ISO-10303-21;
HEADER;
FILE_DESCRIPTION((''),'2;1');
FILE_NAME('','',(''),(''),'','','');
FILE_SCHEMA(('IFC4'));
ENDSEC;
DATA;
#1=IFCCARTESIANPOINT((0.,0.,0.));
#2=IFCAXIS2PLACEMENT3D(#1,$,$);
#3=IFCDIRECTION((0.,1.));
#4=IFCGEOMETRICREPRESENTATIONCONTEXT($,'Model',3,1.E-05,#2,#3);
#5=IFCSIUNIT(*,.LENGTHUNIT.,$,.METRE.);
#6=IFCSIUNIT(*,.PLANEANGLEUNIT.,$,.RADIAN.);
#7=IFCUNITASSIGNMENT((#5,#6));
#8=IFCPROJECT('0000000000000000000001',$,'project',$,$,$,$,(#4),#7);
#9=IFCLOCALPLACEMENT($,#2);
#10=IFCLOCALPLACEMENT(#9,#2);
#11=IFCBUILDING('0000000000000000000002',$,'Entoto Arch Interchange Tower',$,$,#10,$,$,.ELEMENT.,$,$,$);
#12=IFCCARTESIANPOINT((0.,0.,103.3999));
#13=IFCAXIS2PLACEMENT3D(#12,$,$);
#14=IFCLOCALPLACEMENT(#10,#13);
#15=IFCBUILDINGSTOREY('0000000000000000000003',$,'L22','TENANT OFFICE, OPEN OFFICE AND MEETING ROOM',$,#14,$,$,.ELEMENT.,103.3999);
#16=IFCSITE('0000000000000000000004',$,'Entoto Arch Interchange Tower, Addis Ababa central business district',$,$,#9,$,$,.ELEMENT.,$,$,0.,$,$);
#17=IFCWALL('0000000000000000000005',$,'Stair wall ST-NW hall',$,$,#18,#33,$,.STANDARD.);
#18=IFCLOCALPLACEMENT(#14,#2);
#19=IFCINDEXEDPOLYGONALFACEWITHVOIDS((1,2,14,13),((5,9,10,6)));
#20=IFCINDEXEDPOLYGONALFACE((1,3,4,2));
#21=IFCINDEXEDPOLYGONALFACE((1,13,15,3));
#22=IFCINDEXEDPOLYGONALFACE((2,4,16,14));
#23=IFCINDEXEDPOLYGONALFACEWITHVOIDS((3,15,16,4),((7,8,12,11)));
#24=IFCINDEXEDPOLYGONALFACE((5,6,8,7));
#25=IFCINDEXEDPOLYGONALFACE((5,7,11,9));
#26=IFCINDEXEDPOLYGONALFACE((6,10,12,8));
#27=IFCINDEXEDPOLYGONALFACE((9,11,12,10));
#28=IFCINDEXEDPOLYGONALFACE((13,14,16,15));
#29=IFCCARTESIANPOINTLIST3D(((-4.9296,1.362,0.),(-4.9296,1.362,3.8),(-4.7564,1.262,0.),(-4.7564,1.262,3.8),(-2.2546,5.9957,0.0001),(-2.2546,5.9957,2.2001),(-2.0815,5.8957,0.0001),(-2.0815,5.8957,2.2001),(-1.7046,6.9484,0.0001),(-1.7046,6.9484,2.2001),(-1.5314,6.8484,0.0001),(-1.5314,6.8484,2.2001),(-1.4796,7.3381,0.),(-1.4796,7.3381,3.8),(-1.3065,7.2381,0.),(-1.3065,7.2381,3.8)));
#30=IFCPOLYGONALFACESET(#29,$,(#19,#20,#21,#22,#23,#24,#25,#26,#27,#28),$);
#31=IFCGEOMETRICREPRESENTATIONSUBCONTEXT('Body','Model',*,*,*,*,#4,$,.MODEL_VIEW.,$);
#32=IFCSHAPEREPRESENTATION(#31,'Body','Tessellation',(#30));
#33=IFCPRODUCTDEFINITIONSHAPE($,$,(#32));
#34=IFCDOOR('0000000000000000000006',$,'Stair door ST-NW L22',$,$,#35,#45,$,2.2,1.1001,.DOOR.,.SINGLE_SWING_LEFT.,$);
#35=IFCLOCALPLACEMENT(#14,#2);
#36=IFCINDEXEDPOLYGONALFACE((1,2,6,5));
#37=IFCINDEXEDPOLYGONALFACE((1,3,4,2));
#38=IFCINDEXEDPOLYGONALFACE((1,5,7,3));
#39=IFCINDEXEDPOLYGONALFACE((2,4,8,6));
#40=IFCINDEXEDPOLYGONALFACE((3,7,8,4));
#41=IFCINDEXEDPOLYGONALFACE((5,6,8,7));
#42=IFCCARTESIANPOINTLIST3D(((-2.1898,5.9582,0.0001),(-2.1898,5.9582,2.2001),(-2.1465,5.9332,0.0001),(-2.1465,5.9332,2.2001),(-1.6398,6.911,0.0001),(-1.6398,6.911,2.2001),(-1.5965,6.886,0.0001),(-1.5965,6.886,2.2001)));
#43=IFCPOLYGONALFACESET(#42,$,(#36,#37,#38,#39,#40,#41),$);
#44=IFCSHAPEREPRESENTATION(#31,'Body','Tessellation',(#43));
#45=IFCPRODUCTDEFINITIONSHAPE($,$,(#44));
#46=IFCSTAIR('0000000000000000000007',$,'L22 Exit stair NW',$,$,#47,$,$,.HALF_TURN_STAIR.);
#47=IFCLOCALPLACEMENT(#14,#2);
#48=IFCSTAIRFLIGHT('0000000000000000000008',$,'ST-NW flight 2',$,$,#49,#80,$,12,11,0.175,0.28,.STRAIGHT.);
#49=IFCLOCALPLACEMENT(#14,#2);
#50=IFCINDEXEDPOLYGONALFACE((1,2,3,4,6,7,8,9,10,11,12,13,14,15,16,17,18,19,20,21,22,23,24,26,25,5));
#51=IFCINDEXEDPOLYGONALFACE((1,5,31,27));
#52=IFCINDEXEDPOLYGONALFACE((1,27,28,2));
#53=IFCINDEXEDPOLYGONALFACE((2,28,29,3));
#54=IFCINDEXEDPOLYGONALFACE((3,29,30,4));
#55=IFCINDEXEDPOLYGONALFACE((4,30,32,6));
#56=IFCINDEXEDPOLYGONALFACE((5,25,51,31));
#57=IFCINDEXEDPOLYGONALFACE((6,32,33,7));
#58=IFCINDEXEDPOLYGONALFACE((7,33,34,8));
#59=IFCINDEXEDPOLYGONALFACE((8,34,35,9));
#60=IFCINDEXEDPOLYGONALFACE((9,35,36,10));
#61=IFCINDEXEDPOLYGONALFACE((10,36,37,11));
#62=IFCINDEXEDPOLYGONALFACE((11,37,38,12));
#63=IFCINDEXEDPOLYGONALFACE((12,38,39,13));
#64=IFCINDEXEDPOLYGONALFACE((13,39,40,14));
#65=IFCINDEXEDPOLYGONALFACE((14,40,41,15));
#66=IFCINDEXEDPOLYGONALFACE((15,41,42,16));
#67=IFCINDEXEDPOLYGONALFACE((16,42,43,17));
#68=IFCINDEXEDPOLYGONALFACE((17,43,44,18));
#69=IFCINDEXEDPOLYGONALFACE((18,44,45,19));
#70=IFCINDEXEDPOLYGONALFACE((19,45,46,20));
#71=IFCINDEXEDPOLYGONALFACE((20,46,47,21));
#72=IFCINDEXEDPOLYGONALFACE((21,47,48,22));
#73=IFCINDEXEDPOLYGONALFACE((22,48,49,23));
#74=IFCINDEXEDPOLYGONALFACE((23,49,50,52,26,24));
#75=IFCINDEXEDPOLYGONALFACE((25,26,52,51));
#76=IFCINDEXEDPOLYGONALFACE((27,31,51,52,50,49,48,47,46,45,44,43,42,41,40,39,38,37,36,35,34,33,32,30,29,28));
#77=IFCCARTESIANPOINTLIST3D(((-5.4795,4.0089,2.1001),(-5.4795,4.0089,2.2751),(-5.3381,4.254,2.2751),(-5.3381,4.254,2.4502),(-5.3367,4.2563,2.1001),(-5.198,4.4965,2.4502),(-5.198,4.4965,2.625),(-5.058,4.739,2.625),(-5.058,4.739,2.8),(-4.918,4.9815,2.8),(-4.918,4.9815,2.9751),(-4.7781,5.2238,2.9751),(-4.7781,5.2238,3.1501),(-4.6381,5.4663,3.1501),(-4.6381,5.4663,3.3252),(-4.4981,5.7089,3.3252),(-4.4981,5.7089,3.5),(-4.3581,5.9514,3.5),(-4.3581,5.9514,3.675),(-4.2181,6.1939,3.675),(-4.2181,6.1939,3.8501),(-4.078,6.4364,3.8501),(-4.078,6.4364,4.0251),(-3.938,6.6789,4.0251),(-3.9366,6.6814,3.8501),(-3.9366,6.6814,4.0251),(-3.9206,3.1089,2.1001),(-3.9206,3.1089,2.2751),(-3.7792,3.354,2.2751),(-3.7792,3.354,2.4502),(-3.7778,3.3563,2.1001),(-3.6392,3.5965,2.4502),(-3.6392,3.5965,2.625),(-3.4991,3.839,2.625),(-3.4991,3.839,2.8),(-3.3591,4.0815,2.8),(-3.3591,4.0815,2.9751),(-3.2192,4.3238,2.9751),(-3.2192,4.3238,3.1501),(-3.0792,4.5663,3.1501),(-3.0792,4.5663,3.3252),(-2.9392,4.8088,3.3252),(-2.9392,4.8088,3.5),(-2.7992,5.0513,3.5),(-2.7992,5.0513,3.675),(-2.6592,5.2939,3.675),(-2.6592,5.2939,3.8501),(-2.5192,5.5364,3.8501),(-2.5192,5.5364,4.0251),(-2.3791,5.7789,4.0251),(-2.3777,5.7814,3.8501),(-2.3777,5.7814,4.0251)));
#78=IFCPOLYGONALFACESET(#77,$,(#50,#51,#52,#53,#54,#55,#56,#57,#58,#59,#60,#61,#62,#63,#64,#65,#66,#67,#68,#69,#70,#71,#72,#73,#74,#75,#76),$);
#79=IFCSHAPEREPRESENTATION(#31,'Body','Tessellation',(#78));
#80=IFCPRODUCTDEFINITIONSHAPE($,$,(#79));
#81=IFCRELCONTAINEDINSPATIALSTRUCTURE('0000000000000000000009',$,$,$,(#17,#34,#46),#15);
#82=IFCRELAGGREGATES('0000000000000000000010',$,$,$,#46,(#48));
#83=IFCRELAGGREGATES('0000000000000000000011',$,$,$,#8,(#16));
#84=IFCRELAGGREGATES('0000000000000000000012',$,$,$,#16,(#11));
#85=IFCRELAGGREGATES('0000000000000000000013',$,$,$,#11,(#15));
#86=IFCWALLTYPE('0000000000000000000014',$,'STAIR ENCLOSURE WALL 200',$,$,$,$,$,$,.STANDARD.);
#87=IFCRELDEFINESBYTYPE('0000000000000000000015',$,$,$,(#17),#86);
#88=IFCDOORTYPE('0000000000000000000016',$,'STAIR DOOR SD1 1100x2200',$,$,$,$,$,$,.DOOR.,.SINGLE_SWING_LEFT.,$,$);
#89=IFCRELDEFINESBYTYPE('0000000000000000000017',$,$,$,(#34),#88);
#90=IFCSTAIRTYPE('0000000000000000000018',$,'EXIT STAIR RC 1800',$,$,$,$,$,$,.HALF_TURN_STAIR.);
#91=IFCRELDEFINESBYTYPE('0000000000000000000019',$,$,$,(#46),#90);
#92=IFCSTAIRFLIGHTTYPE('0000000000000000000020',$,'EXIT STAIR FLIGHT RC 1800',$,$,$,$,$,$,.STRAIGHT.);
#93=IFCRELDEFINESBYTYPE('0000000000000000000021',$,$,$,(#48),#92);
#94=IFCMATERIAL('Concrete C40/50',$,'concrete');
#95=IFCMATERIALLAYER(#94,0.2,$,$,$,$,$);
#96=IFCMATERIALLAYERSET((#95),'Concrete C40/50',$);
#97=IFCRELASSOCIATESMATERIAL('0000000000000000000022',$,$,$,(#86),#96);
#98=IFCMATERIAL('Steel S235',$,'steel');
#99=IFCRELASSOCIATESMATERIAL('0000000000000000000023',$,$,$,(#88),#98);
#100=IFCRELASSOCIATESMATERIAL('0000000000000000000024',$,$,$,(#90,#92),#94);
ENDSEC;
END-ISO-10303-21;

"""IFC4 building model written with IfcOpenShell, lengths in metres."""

from ifc_helpers import new_model, si_unit, direction, frame, frame_2d, origin, place, context, subcontext, project, spatial, polyline, rectangle, outline, extrude, material, layer, layer_set, type_object, element, fill, aggregate, save


model = new_model("IFC4")

# Units and contexts
model_context = context("Model", 3, precision=1e-05, world=origin(), true_north=direction((0.0, 1.0)))
body_context = subcontext(model_context, "Body", "Model", "MODEL_VIEW")
ifc_project = project(units=[si_unit("LENGTHUNIT", "METRE"), si_unit("PLANEANGLEUNIT", "RADIAN")], contexts=[model_context])

# Site, building, storey
site_placement = place(None, origin())
site = spatial("IfcSite", under=ifc_project, at=site_placement, Name="Entoto Arch Interchange Tower, Addis Ababa central business district", CompositionType="ELEMENT", RefElevation=0.0)
building_placement = place(site_placement, origin())
building = spatial("IfcBuilding", under=site, at=building_placement, Name="Entoto Arch Interchange Tower", CompositionType="ELEMENT")
storey_placement = place(building_placement, frame((0.0, 0.0, 103.3999)))
storey = spatial("IfcBuildingStorey", under=building, at=storey_placement, Name="L22", Description="TENANT OFFICE, OPEN OFFICE AND MEETING ROOM", CompositionType="ELEMENT", Elevation=103.3999)

# Shared definitions
ifc_material_1 = material(Name="Concrete C40/50", Category="concrete")

# Wall, opening, door
ifc_layer_1 = layer(ifc_material_1, 0.2)
ifc_layer_set_1 = layer_set([ifc_layer_1], Name="Concrete C40/50")
wall_type_1 = type_object("IfcWallType", Name="STAIR ENCLOSURE WALL 200", PredefinedType="STANDARD", material=ifc_layer_set_1)
ifc_material_2 = material(Name="Steel S235", Category="steel")
door_type_1 = type_object("IfcDoorType", Name="STAIR DOOR SD1 1100x2200", OperationType="SINGLE_SWING_LEFT", PredefinedType="DOOR", material=ifc_material_2)
wall_1_placement = place(storey_placement, frame((-1.3931, 7.2881, 0.0), z_axis=(0.0, 0.0, 1.0), x_axis=(-0.499963, -0.866047, 0.0)))
wall_1 = element("IfcWall", 1, at=wall_1_placement, inside=storey, type_object=wall_type_1, Name="Stair wall ST-NW hall", PredefinedType="STANDARD", context=body_context, shape_type="SweptSolid", body=[
    extrude(rectangle(XDim=6.9004, YDim=0.2, at=frame_2d((3.4502, 0.0))), origin(), (0.0, 0.0, 1.0), 3.8),
])
opening_1_placement = place(wall_1_placement, frame((0.45, 0.0, 0.0)))
opening_1 = element("IfcOpeningElement", 2, at=opening_1_placement, cuts=wall_1, PredefinedType="OPENING", context=body_context, shape_type="SweptSolid", body=[
    extrude(rectangle(XDim=1.1001, YDim=2.2, at=frame_2d((0.55, 1.1001))), frame((0.0, 0.1099, 0.0), z_axis=(0.0, -1.0, 0.0), x_axis=(1.0, 0.0, 0.0)), (0.0, 0.0, 1.0), 0.22),
])
door_1_placement = place(opening_1_placement, origin())
door_1 = element("IfcDoor", 3, at=door_1_placement, inside=storey, type_object=door_type_1, Name="Stair door ST-NW L22", OperationType="SINGLE_SWING_LEFT", OverallHeight=2.2, OverallWidth=1.1001, PredefinedType="DOOR", context=body_context, shape_type="SweptSolid", body=[
    extrude(rectangle(XDim=1.1001, YDim=2.2, at=frame_2d((0.55, 1.1001))), frame((0.0, 0.0249, 0.0), z_axis=(0.0, -1.0, 0.0), x_axis=(1.0, 0.0, 0.0)), (0.0, 0.0, 1.0), 0.05),
])
fill(opening_1, door_1)

# Stair, stair flight
stair_type = type_object("IfcStairType", Name="EXIT STAIR RC 1800", PredefinedType="HALF_TURN_STAIR", material=ifc_material_1)
stair_placement = place(storey_placement, origin())
stair = element("IfcStair", 4, at=stair_placement, inside=storey, type_object=stair_type, Name="L22 Exit stair NW", PredefinedType="HALF_TURN_STAIR")
stair_flight_type = type_object("IfcStairFlightType", Name="EXIT STAIR FLIGHT RC 1800", PredefinedType="STRAIGHT", material=ifc_material_1)
stair_flight_placement = place(storey_placement, frame((-4.6987, 3.5615, 2.1001), z_axis=(0.0, 0.0, 1.0), x_axis=(0.5, 0.866025, 0.0)))
stair_flight = element("IfcStairFlight", 5, at=stair_flight_placement, type_object=stair_flight_type, Name="ST-NW flight 2", NumberOfRisers=12, NumberOfTreads=11, PredefinedType="STRAIGHT", RiserHeight=0.175, TreadLength=0.28, context=body_context, shape_type="SweptSolid", body=[
    extrude(outline(polyline([(-0.0029, 0.0), (-0.0029, 0.175), (0.28, 0.175), (0.28, 0.3501), (0.5601, 0.3501), (0.5601, 0.5249), (0.8401, 0.5249), (0.8401, 0.7), (1.1201, 0.7), (1.1201, 0.875), (1.3999, 0.875), (1.3999, 1.05), (1.6799, 1.05), (1.6799, 1.2251), (1.96, 1.2251), (1.96, 1.3999), (2.24, 1.3999), (2.24, 1.575), (2.52, 1.575), (2.52, 1.75), (2.8, 1.75), (2.8, 1.925), (3.0801, 1.925), (3.083, 1.925), (3.083, 1.75), (0.2827, 0.0), (-0.0029, 0.0)])), frame((0.0, 0.8999, 0.0), z_axis=(0.0, -1.0, 0.0), x_axis=(1.0, 0.0, 0.0)), (0.0, 0.0, 1.0), 1.8),
])
aggregate(stair, [stair_flight])

save(model, "model.ifc")
